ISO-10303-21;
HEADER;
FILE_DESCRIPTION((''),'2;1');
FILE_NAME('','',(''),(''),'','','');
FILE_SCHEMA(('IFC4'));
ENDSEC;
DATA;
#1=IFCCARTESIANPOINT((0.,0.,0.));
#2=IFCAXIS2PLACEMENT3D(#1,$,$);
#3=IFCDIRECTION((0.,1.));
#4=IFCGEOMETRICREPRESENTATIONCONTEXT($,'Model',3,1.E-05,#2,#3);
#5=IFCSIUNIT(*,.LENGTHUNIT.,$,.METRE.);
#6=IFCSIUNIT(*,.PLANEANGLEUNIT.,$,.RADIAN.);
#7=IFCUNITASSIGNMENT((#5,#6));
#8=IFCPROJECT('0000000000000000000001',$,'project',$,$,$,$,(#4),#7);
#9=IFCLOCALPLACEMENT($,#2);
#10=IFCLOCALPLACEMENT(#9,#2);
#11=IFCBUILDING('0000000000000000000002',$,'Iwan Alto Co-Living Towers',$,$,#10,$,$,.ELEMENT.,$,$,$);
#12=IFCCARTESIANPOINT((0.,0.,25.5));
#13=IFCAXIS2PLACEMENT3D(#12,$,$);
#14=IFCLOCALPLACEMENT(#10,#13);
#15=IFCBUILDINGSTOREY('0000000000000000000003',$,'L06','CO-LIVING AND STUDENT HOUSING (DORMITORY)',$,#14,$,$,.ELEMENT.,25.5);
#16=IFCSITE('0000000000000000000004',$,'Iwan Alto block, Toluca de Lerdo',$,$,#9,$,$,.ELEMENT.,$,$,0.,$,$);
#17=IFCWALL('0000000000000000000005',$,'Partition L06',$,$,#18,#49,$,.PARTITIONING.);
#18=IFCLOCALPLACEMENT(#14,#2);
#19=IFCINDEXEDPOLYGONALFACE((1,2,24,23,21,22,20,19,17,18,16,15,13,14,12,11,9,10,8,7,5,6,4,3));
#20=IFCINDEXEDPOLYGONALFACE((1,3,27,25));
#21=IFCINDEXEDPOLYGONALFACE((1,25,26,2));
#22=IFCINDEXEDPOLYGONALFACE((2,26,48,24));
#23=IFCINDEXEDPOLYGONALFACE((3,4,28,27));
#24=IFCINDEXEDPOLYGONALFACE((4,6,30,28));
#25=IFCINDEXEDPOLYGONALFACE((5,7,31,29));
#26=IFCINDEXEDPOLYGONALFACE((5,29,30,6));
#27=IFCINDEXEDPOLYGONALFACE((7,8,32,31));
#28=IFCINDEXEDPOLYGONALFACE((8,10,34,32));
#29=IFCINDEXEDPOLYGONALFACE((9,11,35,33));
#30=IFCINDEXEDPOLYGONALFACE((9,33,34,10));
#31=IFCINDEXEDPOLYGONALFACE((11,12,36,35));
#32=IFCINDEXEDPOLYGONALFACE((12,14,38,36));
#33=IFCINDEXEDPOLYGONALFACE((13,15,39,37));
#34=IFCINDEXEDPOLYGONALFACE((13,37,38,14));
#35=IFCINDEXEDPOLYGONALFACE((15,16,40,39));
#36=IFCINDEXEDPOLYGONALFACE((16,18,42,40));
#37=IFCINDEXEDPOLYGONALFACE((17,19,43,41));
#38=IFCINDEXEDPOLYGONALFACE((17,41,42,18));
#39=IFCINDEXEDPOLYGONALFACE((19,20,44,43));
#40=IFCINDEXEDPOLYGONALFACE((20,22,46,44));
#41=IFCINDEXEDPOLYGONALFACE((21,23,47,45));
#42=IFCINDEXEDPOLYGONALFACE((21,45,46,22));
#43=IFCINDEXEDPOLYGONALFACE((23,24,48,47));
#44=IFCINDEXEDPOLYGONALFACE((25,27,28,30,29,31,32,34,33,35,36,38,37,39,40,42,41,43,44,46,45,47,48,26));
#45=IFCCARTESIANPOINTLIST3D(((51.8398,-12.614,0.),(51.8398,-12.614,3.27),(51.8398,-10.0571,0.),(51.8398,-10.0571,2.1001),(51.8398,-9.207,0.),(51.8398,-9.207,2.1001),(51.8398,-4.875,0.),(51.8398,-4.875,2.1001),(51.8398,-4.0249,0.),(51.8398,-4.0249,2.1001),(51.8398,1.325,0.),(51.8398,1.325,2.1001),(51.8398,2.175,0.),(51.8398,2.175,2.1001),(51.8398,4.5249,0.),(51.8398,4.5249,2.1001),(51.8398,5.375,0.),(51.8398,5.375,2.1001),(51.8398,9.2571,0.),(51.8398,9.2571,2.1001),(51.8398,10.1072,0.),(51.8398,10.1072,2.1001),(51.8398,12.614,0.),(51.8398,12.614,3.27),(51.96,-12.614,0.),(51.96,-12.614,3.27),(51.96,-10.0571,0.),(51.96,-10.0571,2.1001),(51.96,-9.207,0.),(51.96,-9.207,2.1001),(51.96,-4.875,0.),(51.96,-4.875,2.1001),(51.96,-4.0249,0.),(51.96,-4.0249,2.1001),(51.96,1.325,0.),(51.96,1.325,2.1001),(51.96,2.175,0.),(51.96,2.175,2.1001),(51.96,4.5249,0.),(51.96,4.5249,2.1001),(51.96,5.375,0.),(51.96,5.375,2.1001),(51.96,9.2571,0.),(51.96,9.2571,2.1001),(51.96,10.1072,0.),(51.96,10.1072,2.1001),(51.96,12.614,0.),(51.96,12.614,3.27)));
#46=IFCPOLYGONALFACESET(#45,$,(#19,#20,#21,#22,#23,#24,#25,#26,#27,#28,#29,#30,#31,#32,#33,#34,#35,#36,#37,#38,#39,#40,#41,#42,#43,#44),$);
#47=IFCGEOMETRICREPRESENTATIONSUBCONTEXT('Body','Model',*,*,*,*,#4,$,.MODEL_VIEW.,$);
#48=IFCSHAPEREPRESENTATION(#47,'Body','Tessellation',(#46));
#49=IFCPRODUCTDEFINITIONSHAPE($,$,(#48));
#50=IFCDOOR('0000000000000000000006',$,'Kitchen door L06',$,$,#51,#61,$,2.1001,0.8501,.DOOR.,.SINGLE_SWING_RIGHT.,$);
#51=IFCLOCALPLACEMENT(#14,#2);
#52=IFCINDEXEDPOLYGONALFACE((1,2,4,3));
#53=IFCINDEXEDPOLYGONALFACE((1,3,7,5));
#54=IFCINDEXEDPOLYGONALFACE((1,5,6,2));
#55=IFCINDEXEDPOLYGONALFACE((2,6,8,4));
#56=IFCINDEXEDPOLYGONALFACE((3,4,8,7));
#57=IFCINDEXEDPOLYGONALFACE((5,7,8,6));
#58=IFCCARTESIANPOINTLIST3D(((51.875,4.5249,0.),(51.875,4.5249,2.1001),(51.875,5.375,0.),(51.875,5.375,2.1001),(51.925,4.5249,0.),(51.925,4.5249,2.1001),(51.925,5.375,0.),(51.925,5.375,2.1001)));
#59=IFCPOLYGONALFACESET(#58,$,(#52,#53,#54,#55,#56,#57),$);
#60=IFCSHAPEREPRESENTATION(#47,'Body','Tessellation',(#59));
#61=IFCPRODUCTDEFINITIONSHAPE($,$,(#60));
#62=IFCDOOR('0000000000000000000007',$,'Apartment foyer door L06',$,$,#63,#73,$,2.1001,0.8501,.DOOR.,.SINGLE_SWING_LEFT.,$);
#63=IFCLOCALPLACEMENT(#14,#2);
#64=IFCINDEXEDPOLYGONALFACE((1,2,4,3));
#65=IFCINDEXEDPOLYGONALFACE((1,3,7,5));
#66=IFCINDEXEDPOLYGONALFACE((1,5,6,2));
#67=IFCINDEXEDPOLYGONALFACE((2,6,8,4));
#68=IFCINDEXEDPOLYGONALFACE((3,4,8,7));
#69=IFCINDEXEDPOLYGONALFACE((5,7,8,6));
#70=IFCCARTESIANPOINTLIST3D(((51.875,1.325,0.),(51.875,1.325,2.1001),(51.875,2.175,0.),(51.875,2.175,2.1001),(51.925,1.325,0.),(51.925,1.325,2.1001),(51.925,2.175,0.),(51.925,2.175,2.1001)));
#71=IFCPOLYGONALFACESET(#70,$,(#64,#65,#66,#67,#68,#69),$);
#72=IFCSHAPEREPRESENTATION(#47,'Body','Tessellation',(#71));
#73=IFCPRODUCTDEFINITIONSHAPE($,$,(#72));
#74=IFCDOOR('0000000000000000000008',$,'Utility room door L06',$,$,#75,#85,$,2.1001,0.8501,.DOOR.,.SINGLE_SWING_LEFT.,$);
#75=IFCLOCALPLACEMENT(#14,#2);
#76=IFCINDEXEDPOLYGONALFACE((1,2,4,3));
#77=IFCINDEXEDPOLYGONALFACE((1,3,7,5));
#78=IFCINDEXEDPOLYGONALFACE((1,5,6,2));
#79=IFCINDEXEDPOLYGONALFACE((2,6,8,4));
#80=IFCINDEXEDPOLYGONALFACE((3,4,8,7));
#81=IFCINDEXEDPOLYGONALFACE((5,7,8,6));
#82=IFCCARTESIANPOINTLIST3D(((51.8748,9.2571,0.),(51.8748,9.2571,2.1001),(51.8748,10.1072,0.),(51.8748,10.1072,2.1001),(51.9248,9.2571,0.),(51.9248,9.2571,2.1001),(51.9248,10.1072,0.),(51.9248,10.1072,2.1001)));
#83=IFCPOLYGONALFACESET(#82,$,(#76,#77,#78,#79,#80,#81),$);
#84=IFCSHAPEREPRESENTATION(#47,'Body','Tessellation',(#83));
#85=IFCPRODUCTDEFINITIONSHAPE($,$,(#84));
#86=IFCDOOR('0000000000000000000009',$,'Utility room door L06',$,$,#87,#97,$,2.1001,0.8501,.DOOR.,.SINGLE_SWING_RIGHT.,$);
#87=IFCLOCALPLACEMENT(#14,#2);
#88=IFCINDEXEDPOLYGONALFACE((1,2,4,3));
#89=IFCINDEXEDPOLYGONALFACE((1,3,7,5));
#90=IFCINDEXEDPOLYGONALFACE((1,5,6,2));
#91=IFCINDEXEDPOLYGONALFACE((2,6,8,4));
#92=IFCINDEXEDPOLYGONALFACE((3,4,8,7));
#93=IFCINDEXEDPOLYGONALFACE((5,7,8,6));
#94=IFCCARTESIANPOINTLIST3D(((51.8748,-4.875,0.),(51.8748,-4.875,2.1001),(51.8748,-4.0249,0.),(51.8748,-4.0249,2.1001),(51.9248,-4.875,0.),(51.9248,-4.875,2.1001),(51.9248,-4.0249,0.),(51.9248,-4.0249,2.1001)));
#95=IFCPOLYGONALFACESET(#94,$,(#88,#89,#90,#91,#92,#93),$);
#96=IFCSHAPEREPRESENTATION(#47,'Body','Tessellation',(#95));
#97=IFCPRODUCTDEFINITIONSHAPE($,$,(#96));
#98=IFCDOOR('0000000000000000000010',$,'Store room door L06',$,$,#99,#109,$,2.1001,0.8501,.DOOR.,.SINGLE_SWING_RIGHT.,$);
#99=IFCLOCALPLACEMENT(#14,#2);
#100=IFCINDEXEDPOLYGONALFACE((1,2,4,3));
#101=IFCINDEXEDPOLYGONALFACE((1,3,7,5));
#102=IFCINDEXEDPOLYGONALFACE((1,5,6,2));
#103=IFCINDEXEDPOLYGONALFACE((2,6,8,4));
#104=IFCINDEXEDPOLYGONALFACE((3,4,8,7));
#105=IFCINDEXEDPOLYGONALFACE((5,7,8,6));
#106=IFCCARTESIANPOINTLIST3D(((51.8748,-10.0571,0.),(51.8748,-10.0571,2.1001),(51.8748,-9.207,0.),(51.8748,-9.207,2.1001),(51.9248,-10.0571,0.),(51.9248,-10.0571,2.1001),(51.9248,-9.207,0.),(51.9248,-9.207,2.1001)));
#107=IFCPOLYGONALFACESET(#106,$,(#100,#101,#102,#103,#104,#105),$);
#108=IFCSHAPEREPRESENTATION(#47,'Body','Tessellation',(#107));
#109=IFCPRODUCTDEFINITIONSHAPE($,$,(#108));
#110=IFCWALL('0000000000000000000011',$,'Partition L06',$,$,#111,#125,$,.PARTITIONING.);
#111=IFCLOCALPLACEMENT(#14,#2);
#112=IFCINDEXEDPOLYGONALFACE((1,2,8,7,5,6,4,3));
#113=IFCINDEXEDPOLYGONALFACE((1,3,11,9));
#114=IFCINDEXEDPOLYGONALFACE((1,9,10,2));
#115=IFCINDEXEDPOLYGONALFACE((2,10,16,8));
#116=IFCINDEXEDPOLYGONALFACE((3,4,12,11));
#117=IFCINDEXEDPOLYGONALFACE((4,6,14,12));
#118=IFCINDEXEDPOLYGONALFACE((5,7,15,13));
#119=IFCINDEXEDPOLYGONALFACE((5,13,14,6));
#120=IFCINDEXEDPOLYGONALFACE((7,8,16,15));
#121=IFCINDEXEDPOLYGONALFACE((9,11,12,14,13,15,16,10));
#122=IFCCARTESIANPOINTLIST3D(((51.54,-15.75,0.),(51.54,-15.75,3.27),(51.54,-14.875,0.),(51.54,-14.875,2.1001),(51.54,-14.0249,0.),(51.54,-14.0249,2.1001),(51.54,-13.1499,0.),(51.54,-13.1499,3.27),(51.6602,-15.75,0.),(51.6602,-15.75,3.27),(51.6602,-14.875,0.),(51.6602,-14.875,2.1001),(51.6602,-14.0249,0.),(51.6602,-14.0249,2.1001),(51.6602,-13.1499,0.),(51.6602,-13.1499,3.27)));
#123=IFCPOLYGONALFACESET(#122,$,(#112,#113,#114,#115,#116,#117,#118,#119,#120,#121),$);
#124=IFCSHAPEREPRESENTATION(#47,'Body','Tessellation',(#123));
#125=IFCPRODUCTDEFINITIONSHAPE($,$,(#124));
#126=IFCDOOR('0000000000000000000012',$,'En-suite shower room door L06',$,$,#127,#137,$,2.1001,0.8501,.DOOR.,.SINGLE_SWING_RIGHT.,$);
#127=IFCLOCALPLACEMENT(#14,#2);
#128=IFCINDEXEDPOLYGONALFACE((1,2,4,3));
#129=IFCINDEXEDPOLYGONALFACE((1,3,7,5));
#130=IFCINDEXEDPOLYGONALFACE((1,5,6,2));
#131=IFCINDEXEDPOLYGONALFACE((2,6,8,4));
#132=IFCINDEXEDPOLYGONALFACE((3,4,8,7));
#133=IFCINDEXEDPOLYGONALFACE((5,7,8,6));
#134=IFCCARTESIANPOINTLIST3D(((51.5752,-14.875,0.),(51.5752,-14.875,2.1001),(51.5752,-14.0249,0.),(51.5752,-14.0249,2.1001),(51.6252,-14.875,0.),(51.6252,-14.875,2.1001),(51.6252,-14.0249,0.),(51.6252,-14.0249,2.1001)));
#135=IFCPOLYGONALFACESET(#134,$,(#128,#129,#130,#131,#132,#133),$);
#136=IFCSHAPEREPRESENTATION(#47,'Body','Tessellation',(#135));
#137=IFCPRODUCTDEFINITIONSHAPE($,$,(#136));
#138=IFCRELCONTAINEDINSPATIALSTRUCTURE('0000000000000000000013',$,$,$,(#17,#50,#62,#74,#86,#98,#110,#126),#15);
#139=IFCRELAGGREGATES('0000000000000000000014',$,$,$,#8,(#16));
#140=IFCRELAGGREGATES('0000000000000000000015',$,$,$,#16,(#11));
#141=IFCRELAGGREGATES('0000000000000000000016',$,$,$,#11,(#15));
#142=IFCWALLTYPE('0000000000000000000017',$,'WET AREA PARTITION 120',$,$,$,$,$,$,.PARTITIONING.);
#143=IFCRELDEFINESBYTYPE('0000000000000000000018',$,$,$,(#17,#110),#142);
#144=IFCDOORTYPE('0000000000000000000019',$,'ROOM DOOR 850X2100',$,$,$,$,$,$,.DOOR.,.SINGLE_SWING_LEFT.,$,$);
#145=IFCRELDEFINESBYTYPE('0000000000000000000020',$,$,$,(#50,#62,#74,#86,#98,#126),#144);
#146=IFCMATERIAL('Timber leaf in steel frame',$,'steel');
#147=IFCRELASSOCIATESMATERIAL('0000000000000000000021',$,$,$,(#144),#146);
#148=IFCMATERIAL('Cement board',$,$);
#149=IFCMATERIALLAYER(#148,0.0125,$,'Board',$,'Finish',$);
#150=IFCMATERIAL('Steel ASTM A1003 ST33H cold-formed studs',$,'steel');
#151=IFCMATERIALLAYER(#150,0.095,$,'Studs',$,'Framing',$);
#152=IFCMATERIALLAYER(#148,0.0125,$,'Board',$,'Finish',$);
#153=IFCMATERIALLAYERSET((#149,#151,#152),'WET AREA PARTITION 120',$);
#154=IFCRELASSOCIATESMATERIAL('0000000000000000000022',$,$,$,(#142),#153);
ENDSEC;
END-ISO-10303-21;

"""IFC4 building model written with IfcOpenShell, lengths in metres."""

from ifc_helpers import new_model, si_unit, direction, frame, frame_2d, origin, place, context, subcontext, project, spatial, rectangle, extrude, material, layer, layer_set, type_object, element, fill, save


model = new_model("IFC4")

# Units and contexts
model_context = context("Model", 3, precision=1e-05, world=origin(), true_north=direction((0.0, 1.0)))
body_context = subcontext(model_context, "Body", "Model", "MODEL_VIEW")
ifc_project = project(units=[si_unit("LENGTHUNIT", "METRE"), si_unit("PLANEANGLEUNIT", "RADIAN")], contexts=[model_context])

# Site, building, storey
site_placement = place(None, origin())
site = spatial("IfcSite", under=ifc_project, at=site_placement, Name="Iwan Alto block, Toluca de Lerdo", CompositionType="ELEMENT", RefElevation=0.0)
building_placement = place(site_placement, origin())
building = spatial("IfcBuilding", under=site, at=building_placement, Name="Iwan Alto Co-Living Towers", CompositionType="ELEMENT")
storey_placement = place(building_placement, frame((0.0, 0.0, 25.5)))
storey = spatial("IfcBuildingStorey", under=building, at=storey_placement, Name="L06", Description="CO-LIVING AND STUDENT HOUSING (DORMITORY)", CompositionType="ELEMENT", Elevation=25.5)

# Shared definitions
ifc_material_1 = material(Name="Steel ASTM A1003 ST33H cold-formed studs", Category="steel")

# Shared definitions
ifc_material_2 = material(Name="Timber leaf in steel frame", Category="steel")
door_type = type_object("IfcDoorType", Name="ROOM DOOR 850X2100", OperationType="SINGLE_SWING_LEFT", PredefinedType="DOOR", material=ifc_material_2)

# Shared definitions
ifc_material_3 = material(Name="Cement board")
ifc_layer_1 = layer(ifc_material_3, 0.0125, Name="Board", Category="Finish")
ifc_layer_2 = layer(ifc_material_1, 0.095, Name="Studs", Category="Framing")
ifc_layer_3 = layer(ifc_material_3, 0.0125, Name="Board", Category="Finish")
ifc_layer_set_1 = layer_set([ifc_layer_1, ifc_layer_2, ifc_layer_3], Name="WET AREA PARTITION 120")
wall_type_1 = type_object("IfcWallType", Name="WET AREA PARTITION 120", PredefinedType="PARTITIONING", material=ifc_layer_set_1)

# Wall, openings, doors
wall_1_placement = place(storey_placement, frame((51.8999, -12.614, 0.0), z_axis=(0.0, 0.0, 1.0), x_axis=(0.0, 1.0, 0.0)))
wall_1 = element("IfcWall", 1, at=wall_1_placement, inside=storey, type_object=wall_type_1, Name="Partition L06", PredefinedType="PARTITIONING", context=body_context, shape_type="SweptSolid", body=[
    extrude(rectangle(XDim=25.228, YDim=0.1201, at=frame_2d((12.614, 0.0))), origin(), (0.0, 0.0, 1.0), 3.27),
])
opening_1_placement = place(wall_1_placement, frame((17.1389, 0.0, 0.0)))
opening_1 = element("IfcOpeningElement", 2, at=opening_1_placement, cuts=wall_1, PredefinedType="OPENING", context=body_context, shape_type="SweptSolid", body=[
    extrude(rectangle(XDim=0.8501, YDim=2.1001, at=frame_2d((0.425, 1.05))), frame((0.0, 0.0701, 0.0), z_axis=(0.0, -1.0, 0.0), x_axis=(1.0, 0.0, 0.0)), (0.0, 0.0, 1.0), 0.1401),
])
opening_2_placement = place(wall_1_placement, frame((13.939, 0.0, 0.0)))
opening_2 = element("IfcOpeningElement", 3, at=opening_2_placement, cuts=wall_1, PredefinedType="OPENING", context=body_context, shape_type="SweptSolid", body=[
    extrude(rectangle(XDim=0.8501, YDim=2.1001, at=frame_2d((0.425, 1.05))), frame((0.0, 0.0701, 0.0), z_axis=(0.0, -1.0, 0.0), x_axis=(1.0, 0.0, 0.0)), (0.0, 0.0, 1.0), 0.1401),
])
opening_3_placement = place(wall_1_placement, frame((21.8711, 0.0, 0.0)))
opening_3 = element("IfcOpeningElement", 4, at=opening_3_placement, cuts=wall_1, PredefinedType="OPENING", context=body_context, shape_type="SweptSolid", body=[
    extrude(rectangle(XDim=0.8501, YDim=2.1001, at=frame_2d((0.425, 1.05))), frame((0.0, 0.0701, 0.0), z_axis=(0.0, -1.0, 0.0), x_axis=(1.0, 0.0, 0.0)), (0.0, 0.0, 1.0), 0.1401),
])
opening_4_placement = place(wall_1_placement, frame((7.739, 0.0, 0.0)))
opening_4 = element("IfcOpeningElement", 5, at=opening_4_placement, cuts=wall_1, PredefinedType="OPENING", context=body_context, shape_type="SweptSolid", body=[
    extrude(rectangle(XDim=0.8501, YDim=2.1001, at=frame_2d((0.425, 1.05))), frame((0.0, 0.0701, 0.0), z_axis=(0.0, -1.0, 0.0), x_axis=(1.0, 0.0, 0.0)), (0.0, 0.0, 1.0), 0.1401),
])
opening_5_placement = place(wall_1_placement, frame((2.5569, 0.0, 0.0)))
opening_5 = element("IfcOpeningElement", 6, at=opening_5_placement, cuts=wall_1, PredefinedType="OPENING", context=body_context, shape_type="SweptSolid", body=[
    extrude(rectangle(XDim=0.8501, YDim=2.1001, at=frame_2d((0.425, 1.05))), frame((0.0, 0.0701, 0.0), z_axis=(0.0, -1.0, 0.0), x_axis=(1.0, 0.0, 0.0)), (0.0, 0.0, 1.0), 0.1401),
])
door_1_placement = place(opening_1_placement, origin())
door_1 = element("IfcDoor", 7, at=door_1_placement, inside=storey, type_object=door_type, Name="Kitchen door L06", OperationType="SINGLE_SWING_RIGHT", OverallHeight=2.1001, OverallWidth=0.8501, PredefinedType="DOOR", context=body_context, shape_type="SweptSolid", body=[
    extrude(rectangle(XDim=0.8501, YDim=2.1001, at=frame_2d((0.425, 1.05))), frame((0.0, 0.0249, 0.0), z_axis=(0.0, -1.0, 0.0), x_axis=(1.0, 0.0, 0.0)), (0.0, 0.0, 1.0), 0.05),
])
fill(opening_1, door_1)
door_2_placement = place(opening_2_placement, origin())
door_2 = element("IfcDoor", 8, at=door_2_placement, inside=storey, type_object=door_type, Name="Apartment foyer door L06", OperationType="SINGLE_SWING_LEFT", OverallHeight=2.1001, OverallWidth=0.8501, PredefinedType="DOOR", context=body_context, shape_type="SweptSolid", body=[
    extrude(rectangle(XDim=0.8501, YDim=2.1001, at=frame_2d((0.425, 1.05))), frame((0.0, 0.0249, 0.0), z_axis=(0.0, -1.0, 0.0), x_axis=(1.0, 0.0, 0.0)), (0.0, 0.0, 1.0), 0.05),
])
fill(opening_2, door_2)
door_3_placement = place(opening_3_placement, frame((0.8501, 0.0, 0.0), z_axis=(0.0, 0.0, 1.0), x_axis=(-1.0, 0.0, 0.0)))
door_3 = element("IfcDoor", 9, at=door_3_placement, inside=storey, type_object=door_type, Name="Utility room door L06", OperationType="SINGLE_SWING_LEFT", OverallHeight=2.1001, OverallWidth=0.8501, PredefinedType="DOOR", context=body_context, shape_type="SweptSolid", body=[
    extrude(rectangle(XDim=0.8501, YDim=2.1001, at=frame_2d((0.425, 1.05))), frame((0.0, 0.0249, 0.0), z_axis=(0.0, -1.0, 0.0), x_axis=(1.0, 0.0, 0.0)), (0.0, 0.0, 1.0), 0.05),
])
fill(opening_3, door_3)
door_4_placement = place(opening_4_placement, frame((0.8501, 0.0, 0.0), z_axis=(0.0, 0.0, 1.0), x_axis=(-1.0, 0.0, 0.0)))
door_4 = element("IfcDoor", 10, at=door_4_placement, inside=storey, type_object=door_type, Name="Utility room door L06", OperationType="SINGLE_SWING_RIGHT", OverallHeight=2.1001, OverallWidth=0.8501, PredefinedType="DOOR", context=body_context, shape_type="SweptSolid", body=[
    extrude(rectangle(XDim=0.8501, YDim=2.1001, at=frame_2d((0.425, 1.05))), frame((0.0, 0.0249, 0.0), z_axis=(0.0, -1.0, 0.0), x_axis=(1.0, 0.0, 0.0)), (0.0, 0.0, 1.0), 0.05),
])
fill(opening_4, door_4)
door_5_placement = place(opening_5_placement, frame((0.8501, 0.0, 0.0), z_axis=(0.0, 0.0, 1.0), x_axis=(-1.0, 0.0, 0.0)))
door_5 = element("IfcDoor", 11, at=door_5_placement, inside=storey, type_object=door_type, Name="Store room door L06", OperationType="SINGLE_SWING_RIGHT", OverallHeight=2.1001, OverallWidth=0.8501, PredefinedType="DOOR", context=body_context, shape_type="SweptSolid", body=[
    extrude(rectangle(XDim=0.8501, YDim=2.1001, at=frame_2d((0.425, 1.05))), frame((0.0, 0.0249, 0.0), z_axis=(0.0, -1.0, 0.0), x_axis=(1.0, 0.0, 0.0)), (0.0, 0.0, 1.0), 0.05),
])
fill(opening_5, door_5)

# Wall, opening, door
wall_2_placement = place(storey_placement, frame((51.6001, -15.75, 0.0), z_axis=(0.0, 0.0, 1.0), x_axis=(0.0, 1.0, 0.0)))
wall_2 = element("IfcWall", 12, at=wall_2_placement, inside=storey, type_object=wall_type_1, Name="Partition L06", PredefinedType="PARTITIONING", context=body_context, shape_type="SweptSolid", body=[
    extrude(rectangle(XDim=2.6001, YDim=0.1201, at=frame_2d((1.3, 0.0))), origin(), (0.0, 0.0, 1.0), 3.27),
])
opening_6_placement = place(wall_2_placement, frame((0.875, 0.0, 0.0)))
opening_6 = element("IfcOpeningElement", 13, at=opening_6_placement, cuts=wall_2, PredefinedType="OPENING", context=body_context, shape_type="SweptSolid", body=[
    extrude(rectangle(XDim=0.8501, YDim=2.1001, at=frame_2d((0.425, 1.05))), frame((0.0, 0.0701, 0.0), z_axis=(0.0, -1.0, 0.0), x_axis=(1.0, 0.0, 0.0)), (0.0, 0.0, 1.0), 0.1401),
])
door_6_placement = place(opening_6_placement, origin())
door_6 = element("IfcDoor", 14, at=door_6_placement, inside=storey, type_object=door_type, Name="En-suite shower room door L06", OperationType="SINGLE_SWING_RIGHT", OverallHeight=2.1001, OverallWidth=0.8501, PredefinedType="DOOR", context=body_context, shape_type="SweptSolid", body=[
    extrude(rectangle(XDim=0.8501, YDim=2.1001, at=frame_2d((0.425, 1.05))), frame((0.0, 0.0249, 0.0), z_axis=(0.0, -1.0, 0.0), x_axis=(1.0, 0.0, 0.0)), (0.0, 0.0, 1.0), 0.05),
])
fill(opening_6, door_6)

save(model, "model.ifc")
